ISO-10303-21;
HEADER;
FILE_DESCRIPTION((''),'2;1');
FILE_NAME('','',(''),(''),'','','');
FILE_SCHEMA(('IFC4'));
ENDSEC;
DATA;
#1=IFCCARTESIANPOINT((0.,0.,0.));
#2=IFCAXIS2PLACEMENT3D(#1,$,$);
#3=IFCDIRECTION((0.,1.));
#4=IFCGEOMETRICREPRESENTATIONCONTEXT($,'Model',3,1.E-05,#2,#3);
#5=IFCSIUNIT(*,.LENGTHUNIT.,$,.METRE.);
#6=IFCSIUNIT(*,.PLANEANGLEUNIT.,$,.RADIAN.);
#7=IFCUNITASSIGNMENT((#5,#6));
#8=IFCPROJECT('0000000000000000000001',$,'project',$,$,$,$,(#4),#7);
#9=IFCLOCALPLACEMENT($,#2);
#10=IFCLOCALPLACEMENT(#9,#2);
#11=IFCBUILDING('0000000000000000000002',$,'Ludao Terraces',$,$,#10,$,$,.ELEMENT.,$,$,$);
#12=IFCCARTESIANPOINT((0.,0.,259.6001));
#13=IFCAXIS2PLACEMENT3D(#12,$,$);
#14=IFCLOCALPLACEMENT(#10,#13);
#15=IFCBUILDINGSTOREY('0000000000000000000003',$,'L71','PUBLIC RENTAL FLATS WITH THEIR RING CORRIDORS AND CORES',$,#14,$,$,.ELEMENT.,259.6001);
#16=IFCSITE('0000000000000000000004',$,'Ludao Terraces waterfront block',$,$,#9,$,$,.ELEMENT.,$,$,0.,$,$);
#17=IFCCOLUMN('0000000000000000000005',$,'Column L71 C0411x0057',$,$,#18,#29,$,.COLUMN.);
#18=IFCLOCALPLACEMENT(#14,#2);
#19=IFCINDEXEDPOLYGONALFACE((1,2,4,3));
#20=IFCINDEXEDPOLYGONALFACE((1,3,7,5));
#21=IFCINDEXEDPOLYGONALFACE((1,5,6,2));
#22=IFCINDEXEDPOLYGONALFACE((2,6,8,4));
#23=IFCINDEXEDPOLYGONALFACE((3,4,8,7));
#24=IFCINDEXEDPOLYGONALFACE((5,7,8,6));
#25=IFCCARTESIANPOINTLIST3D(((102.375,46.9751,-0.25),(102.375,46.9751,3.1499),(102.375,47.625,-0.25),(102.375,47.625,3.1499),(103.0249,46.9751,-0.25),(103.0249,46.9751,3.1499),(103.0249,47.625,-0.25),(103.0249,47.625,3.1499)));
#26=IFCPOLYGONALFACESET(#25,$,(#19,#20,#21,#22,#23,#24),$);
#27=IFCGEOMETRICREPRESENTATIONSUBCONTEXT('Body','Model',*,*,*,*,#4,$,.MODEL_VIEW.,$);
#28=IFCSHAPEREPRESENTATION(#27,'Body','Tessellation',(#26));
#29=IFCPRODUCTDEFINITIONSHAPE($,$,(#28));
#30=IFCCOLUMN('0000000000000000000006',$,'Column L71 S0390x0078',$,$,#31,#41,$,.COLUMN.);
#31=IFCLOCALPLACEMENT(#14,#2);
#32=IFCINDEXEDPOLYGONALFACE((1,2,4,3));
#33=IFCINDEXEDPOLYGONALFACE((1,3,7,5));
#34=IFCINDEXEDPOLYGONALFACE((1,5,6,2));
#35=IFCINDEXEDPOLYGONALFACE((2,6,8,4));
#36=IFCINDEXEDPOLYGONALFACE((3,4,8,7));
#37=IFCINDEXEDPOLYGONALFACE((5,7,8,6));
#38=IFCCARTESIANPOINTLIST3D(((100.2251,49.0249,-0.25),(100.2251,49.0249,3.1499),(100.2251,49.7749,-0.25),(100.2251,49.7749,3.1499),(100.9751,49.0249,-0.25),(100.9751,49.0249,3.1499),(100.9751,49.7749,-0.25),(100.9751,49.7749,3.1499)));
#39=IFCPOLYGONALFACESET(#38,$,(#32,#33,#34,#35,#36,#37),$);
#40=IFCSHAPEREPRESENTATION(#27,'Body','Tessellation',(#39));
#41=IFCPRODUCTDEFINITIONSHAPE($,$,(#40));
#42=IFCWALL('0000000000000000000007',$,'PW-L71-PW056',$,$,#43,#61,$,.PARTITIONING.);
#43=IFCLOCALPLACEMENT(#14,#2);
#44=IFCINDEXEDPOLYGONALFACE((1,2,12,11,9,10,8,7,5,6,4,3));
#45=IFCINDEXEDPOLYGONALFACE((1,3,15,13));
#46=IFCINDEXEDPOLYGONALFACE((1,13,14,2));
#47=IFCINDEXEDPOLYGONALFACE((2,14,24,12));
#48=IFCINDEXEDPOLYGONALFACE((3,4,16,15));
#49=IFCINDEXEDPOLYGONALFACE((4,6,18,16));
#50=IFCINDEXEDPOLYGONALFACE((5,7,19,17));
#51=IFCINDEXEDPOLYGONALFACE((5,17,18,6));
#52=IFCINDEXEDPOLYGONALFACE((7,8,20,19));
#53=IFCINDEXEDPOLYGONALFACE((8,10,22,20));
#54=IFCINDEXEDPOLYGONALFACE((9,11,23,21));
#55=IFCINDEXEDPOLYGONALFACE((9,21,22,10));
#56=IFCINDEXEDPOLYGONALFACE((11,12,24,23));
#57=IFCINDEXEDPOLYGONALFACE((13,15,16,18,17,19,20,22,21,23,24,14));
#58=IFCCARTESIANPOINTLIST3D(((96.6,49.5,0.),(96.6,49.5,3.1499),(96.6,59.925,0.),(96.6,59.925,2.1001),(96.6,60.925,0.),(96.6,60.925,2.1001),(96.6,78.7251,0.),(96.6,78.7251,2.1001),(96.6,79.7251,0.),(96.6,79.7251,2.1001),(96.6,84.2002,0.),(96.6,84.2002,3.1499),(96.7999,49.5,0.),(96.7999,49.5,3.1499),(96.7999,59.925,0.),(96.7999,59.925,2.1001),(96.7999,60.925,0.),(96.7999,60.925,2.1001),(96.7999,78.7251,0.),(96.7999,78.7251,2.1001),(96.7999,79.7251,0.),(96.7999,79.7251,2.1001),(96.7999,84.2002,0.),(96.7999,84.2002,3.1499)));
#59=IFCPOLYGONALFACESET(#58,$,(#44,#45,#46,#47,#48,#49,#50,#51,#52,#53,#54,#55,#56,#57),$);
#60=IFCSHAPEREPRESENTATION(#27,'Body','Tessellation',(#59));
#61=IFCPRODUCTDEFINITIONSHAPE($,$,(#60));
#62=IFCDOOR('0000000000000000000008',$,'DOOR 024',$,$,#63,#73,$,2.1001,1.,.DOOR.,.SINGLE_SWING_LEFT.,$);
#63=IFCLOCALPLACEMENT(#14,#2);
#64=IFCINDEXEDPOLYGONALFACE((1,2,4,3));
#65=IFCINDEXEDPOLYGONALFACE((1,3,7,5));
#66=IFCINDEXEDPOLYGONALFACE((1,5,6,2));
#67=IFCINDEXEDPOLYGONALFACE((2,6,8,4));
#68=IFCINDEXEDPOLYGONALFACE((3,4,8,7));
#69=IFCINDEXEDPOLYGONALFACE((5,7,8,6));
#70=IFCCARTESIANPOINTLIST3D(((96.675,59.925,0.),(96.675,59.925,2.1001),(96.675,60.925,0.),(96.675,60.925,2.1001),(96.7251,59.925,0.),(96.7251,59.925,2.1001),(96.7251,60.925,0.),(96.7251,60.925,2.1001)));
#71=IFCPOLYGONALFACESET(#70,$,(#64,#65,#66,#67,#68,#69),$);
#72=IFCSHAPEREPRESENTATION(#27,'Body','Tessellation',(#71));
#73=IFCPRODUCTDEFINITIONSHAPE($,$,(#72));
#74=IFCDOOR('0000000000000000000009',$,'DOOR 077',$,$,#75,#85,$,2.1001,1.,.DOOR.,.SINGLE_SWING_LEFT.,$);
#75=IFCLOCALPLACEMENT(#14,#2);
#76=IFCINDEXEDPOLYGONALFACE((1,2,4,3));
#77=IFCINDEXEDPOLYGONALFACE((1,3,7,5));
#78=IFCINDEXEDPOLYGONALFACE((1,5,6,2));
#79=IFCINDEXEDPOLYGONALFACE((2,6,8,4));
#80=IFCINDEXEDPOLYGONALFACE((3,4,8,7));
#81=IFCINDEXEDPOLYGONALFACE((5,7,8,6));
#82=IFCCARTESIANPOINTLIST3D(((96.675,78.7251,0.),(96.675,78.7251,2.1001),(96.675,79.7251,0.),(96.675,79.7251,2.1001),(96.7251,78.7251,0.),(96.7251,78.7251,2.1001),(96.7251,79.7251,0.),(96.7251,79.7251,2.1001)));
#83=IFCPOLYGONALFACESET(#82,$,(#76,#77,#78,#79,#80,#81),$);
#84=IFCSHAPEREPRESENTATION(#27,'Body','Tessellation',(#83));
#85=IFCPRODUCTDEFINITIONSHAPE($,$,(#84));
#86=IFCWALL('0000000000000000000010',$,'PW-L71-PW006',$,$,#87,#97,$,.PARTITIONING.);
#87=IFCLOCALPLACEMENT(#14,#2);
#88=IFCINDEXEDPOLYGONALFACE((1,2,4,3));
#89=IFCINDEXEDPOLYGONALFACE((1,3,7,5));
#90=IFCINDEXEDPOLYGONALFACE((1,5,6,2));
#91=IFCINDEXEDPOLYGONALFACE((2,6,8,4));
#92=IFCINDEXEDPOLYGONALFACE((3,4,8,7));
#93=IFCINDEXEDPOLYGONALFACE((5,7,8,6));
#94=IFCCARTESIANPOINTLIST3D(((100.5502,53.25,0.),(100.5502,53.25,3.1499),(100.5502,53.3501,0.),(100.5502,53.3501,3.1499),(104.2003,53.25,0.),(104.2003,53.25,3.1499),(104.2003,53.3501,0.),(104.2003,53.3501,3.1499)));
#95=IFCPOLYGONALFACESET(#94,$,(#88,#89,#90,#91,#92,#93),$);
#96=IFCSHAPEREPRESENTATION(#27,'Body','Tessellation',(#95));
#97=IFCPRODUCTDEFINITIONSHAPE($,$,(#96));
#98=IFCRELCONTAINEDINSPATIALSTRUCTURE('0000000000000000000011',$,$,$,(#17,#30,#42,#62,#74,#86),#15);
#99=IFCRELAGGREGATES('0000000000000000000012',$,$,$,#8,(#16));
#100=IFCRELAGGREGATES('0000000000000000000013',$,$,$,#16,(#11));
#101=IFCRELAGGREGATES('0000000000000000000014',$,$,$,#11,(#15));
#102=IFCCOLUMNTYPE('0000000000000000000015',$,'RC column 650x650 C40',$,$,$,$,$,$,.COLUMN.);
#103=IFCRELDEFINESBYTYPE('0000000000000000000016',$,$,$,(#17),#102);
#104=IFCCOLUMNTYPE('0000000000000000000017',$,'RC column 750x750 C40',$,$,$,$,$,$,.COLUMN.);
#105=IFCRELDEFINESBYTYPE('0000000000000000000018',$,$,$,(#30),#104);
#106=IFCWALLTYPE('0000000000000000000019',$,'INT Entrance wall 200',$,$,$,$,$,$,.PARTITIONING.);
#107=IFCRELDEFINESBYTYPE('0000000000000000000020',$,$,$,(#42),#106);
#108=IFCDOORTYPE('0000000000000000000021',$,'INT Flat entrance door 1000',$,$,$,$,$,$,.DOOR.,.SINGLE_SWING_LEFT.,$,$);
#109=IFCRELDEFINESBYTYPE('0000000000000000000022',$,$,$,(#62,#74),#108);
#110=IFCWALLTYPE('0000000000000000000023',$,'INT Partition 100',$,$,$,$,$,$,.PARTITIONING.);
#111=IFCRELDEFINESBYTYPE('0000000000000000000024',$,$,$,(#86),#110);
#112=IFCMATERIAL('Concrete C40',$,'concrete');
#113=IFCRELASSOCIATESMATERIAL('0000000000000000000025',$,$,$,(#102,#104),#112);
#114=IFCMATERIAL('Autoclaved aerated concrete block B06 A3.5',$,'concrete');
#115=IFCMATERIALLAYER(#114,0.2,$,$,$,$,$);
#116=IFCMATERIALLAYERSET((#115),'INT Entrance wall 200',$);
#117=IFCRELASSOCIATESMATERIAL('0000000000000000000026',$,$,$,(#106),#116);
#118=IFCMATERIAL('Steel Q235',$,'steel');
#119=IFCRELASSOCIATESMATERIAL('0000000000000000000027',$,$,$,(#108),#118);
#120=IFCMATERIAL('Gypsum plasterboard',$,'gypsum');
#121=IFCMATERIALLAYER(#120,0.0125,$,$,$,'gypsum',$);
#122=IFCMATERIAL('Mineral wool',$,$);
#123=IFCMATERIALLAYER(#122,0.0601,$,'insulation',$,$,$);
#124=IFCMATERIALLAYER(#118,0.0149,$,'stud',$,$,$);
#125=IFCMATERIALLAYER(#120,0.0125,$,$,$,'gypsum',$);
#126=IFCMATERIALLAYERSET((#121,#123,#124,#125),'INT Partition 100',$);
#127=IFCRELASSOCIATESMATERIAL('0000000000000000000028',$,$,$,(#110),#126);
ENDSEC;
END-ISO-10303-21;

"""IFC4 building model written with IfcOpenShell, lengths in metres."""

from ifc_helpers import new_model, si_unit, direction, frame, frame_2d, origin, origin_2d, place, context, subcontext, project, spatial, rectangle, extrude, material, layer, layer_set, material_profile, profile_set, type_object, element, fill, save


model = new_model("IFC4")

# Units and contexts
model_context = context("Model", 3, precision=1e-05, world=origin(), true_north=direction((0.0, 1.0)))
body_context = subcontext(model_context, "Body", "Model", "MODEL_VIEW")
ifc_project = project(units=[si_unit("LENGTHUNIT", "METRE"), si_unit("PLANEANGLEUNIT", "RADIAN")], contexts=[model_context])

# Site, building, storey
site_placement = place(None, origin())
site = spatial("IfcSite", under=ifc_project, at=site_placement, Name="Ludao Terraces waterfront block", CompositionType="ELEMENT", RefElevation=0.0)
building_placement = place(site_placement, origin())
building = spatial("IfcBuilding", under=site, at=building_placement, Name="Ludao Terraces", CompositionType="ELEMENT")
storey_placement = place(building_placement, frame((0.0, 0.0, 259.6001)))
storey = spatial("IfcBuildingStorey", under=building, at=storey_placement, Name="L71", Description="PUBLIC RENTAL FLATS WITH THEIR RING CORRIDORS AND CORES", CompositionType="ELEMENT", Elevation=259.6001)

# Columns
ifc_material_1 = material(Name="Concrete C40", Category="concrete")
ifc_material_profile_1 = material_profile(ifc_material_1, rectangle(XDim=0.6499, YDim=0.6499, at=origin_2d()), Name="650 X 650")
ifc_profile_set_1 = profile_set([ifc_material_profile_1], Name="Concrete C40")
column_type_1 = type_object("IfcColumnType", Name="RC column 650x650 C40", PredefinedType="COLUMN", material=ifc_profile_set_1)
column_1_placement = place(storey_placement, frame((102.7, 47.3, -0.25), z_axis=(0.0, 0.0, 1.0), x_axis=(1.0, 0.0, 0.0)))
element("IfcColumn", 1, at=column_1_placement, inside=storey, type_object=column_type_1, Name="Column L71 C0411x0057", PredefinedType="COLUMN", context=body_context, shape_type="SweptSolid", body=[
    extrude(rectangle(XDim=0.6499, YDim=0.6499, at=origin_2d()), origin(), (0.0, 0.0, 1.0), 3.3999),
])
ifc_material_profile_2 = material_profile(ifc_material_1, rectangle(XDim=0.75, YDim=0.75, at=origin_2d()), Name="750 X 750")
ifc_profile_set_2 = profile_set([ifc_material_profile_2], Name="Concrete C40")
column_type_2 = type_object("IfcColumnType", Name="RC column 750x750 C40", PredefinedType="COLUMN", material=ifc_profile_set_2)
column_2_placement = place(storey_placement, frame((100.6001, 49.3999, -0.25), z_axis=(0.0, 0.0, 1.0), x_axis=(1.0, 0.0, 0.0)))
element("IfcColumn", 2, at=column_2_placement, inside=storey, type_object=column_type_2, Name="Column L71 S0390x0078", PredefinedType="COLUMN", context=body_context, shape_type="SweptSolid", body=[
    extrude(rectangle(XDim=0.75, YDim=0.75, at=origin_2d()), origin(), (0.0, 0.0, 1.0), 3.3999),
])

# Wall, openings, doors
ifc_material_2 = material(Name="Autoclaved aerated concrete block B06 A3.5", Category="concrete")
ifc_layer_1 = layer(ifc_material_2, 0.2)
ifc_layer_set_1 = layer_set([ifc_layer_1], Name="INT Entrance wall 200")
wall_type_1 = type_object("IfcWallType", Name="INT Entrance wall 200", PredefinedType="PARTITIONING", material=ifc_layer_set_1)
wall_1_placement = place(storey_placement, frame((96.7, 49.5, 0.0), z_axis=(0.0, 0.0, 1.0), x_axis=(0.0, 1.0, 0.0)))
wall_1 = element("IfcWall", 3, at=wall_1_placement, inside=storey, type_object=wall_type_1, Name="PW-L71-PW056", PredefinedType="PARTITIONING", context=body_context, shape_type="SweptSolid", body=[
    extrude(rectangle(XDim=34.7002, YDim=0.2, at=frame_2d((17.3501, 0.0))), origin(), (0.0, 0.0, 1.0), 3.1499),
])
opening_1_placement = place(wall_1_placement, frame((10.425, 0.0, 0.0)))
opening_1 = element("IfcOpeningElement", 4, at=opening_1_placement, cuts=wall_1, PredefinedType="OPENING", context=body_context, shape_type="SweptSolid", body=[
    extrude(rectangle(XDim=1.0, YDim=2.1001, at=frame_2d((0.5, 1.05))), frame((0.0, 0.1099, 0.0), z_axis=(0.0, -1.0, 0.0), x_axis=(1.0, 0.0, 0.0)), (0.0, 0.0, 1.0), 0.22),
])
opening_2_placement = place(wall_1_placement, frame((29.2251, 0.0, 0.0)))
opening_2 = element("IfcOpeningElement", 5, at=opening_2_placement, cuts=wall_1, PredefinedType="OPENING", context=body_context, shape_type="SweptSolid", body=[
    extrude(rectangle(XDim=1.0, YDim=2.1001, at=frame_2d((0.5, 1.05))), frame((0.0, 0.1099, 0.0), z_axis=(0.0, -1.0, 0.0), x_axis=(1.0, 0.0, 0.0)), (0.0, 0.0, 1.0), 0.22),
])
ifc_material_3 = material(Name="Steel Q235", Category="steel")
door_type_1 = type_object("IfcDoorType", Name="INT Flat entrance door 1000", OperationType="SINGLE_SWING_LEFT", PredefinedType="DOOR", material=ifc_material_3)
door_1_placement = place(opening_1_placement, origin())
door_1 = element("IfcDoor", 6, at=door_1_placement, inside=storey, type_object=door_type_1, Name="DOOR 024", OperationType="SINGLE_SWING_LEFT", OverallHeight=2.1001, OverallWidth=1.0, PredefinedType="DOOR", context=body_context, shape_type="SweptSolid", body=[
    extrude(rectangle(XDim=1.0, YDim=2.1001, at=frame_2d((0.5, 1.05))), frame((0.0, 0.0249, 0.0), z_axis=(0.0, -1.0, 0.0), x_axis=(1.0, 0.0, 0.0)), (0.0, 0.0, 1.0), 0.05),
])
fill(opening_1, door_1)
door_2_placement = place(opening_2_placement, origin())
door_2 = element("IfcDoor", 7, at=door_2_placement, inside=storey, type_object=door_type_1, Name="DOOR 077", OperationType="SINGLE_SWING_LEFT", OverallHeight=2.1001, OverallWidth=1.0, PredefinedType="DOOR", context=body_context, shape_type="SweptSolid", body=[
    extrude(rectangle(XDim=1.0, YDim=2.1001, at=frame_2d((0.5, 1.05))), frame((0.0, 0.0249, 0.0), z_axis=(0.0, -1.0, 0.0), x_axis=(1.0, 0.0, 0.0)), (0.0, 0.0, 1.0), 0.05),
])
fill(opening_2, door_2)

# Wall
ifc_material_4 = material(Name="Gypsum plasterboard", Category="gypsum")
ifc_layer_2 = layer(ifc_material_4, 0.0125, Category="gypsum")
ifc_material_5 = material(Name="Mineral wool")
ifc_layer_3 = layer(ifc_material_5, 0.0601, Name="insulation")
ifc_layer_4 = layer(ifc_material_3, 0.0149, Name="stud")
ifc_layer_5 = layer(ifc_material_4, 0.0125, Category="gypsum")
ifc_layer_set_2 = layer_set([ifc_layer_2, ifc_layer_3, ifc_layer_4, ifc_layer_5], Name="INT Partition 100")
wall_type_2 = type_object("IfcWallType", Name="INT Partition 100", PredefinedType="PARTITIONING", material=ifc_layer_set_2)
wall_2_placement = place(storey_placement, frame((100.55, 53.3, 0.0), z_axis=(0.0, 0.0, 1.0), x_axis=(1.0, 0.0, 0.0)))
element("IfcWall", 8, at=wall_2_placement, inside=storey, type_object=wall_type_2, Name="PW-L71-PW006", PredefinedType="PARTITIONING", context=body_context, shape_type="SweptSolid", body=[
    extrude(rectangle(XDim=3.6501, YDim=0.1001, at=frame_2d((1.8252, 0.0))), origin(), (0.0, 0.0, 1.0), 3.1499),
])

save(model, "model.ifc")
